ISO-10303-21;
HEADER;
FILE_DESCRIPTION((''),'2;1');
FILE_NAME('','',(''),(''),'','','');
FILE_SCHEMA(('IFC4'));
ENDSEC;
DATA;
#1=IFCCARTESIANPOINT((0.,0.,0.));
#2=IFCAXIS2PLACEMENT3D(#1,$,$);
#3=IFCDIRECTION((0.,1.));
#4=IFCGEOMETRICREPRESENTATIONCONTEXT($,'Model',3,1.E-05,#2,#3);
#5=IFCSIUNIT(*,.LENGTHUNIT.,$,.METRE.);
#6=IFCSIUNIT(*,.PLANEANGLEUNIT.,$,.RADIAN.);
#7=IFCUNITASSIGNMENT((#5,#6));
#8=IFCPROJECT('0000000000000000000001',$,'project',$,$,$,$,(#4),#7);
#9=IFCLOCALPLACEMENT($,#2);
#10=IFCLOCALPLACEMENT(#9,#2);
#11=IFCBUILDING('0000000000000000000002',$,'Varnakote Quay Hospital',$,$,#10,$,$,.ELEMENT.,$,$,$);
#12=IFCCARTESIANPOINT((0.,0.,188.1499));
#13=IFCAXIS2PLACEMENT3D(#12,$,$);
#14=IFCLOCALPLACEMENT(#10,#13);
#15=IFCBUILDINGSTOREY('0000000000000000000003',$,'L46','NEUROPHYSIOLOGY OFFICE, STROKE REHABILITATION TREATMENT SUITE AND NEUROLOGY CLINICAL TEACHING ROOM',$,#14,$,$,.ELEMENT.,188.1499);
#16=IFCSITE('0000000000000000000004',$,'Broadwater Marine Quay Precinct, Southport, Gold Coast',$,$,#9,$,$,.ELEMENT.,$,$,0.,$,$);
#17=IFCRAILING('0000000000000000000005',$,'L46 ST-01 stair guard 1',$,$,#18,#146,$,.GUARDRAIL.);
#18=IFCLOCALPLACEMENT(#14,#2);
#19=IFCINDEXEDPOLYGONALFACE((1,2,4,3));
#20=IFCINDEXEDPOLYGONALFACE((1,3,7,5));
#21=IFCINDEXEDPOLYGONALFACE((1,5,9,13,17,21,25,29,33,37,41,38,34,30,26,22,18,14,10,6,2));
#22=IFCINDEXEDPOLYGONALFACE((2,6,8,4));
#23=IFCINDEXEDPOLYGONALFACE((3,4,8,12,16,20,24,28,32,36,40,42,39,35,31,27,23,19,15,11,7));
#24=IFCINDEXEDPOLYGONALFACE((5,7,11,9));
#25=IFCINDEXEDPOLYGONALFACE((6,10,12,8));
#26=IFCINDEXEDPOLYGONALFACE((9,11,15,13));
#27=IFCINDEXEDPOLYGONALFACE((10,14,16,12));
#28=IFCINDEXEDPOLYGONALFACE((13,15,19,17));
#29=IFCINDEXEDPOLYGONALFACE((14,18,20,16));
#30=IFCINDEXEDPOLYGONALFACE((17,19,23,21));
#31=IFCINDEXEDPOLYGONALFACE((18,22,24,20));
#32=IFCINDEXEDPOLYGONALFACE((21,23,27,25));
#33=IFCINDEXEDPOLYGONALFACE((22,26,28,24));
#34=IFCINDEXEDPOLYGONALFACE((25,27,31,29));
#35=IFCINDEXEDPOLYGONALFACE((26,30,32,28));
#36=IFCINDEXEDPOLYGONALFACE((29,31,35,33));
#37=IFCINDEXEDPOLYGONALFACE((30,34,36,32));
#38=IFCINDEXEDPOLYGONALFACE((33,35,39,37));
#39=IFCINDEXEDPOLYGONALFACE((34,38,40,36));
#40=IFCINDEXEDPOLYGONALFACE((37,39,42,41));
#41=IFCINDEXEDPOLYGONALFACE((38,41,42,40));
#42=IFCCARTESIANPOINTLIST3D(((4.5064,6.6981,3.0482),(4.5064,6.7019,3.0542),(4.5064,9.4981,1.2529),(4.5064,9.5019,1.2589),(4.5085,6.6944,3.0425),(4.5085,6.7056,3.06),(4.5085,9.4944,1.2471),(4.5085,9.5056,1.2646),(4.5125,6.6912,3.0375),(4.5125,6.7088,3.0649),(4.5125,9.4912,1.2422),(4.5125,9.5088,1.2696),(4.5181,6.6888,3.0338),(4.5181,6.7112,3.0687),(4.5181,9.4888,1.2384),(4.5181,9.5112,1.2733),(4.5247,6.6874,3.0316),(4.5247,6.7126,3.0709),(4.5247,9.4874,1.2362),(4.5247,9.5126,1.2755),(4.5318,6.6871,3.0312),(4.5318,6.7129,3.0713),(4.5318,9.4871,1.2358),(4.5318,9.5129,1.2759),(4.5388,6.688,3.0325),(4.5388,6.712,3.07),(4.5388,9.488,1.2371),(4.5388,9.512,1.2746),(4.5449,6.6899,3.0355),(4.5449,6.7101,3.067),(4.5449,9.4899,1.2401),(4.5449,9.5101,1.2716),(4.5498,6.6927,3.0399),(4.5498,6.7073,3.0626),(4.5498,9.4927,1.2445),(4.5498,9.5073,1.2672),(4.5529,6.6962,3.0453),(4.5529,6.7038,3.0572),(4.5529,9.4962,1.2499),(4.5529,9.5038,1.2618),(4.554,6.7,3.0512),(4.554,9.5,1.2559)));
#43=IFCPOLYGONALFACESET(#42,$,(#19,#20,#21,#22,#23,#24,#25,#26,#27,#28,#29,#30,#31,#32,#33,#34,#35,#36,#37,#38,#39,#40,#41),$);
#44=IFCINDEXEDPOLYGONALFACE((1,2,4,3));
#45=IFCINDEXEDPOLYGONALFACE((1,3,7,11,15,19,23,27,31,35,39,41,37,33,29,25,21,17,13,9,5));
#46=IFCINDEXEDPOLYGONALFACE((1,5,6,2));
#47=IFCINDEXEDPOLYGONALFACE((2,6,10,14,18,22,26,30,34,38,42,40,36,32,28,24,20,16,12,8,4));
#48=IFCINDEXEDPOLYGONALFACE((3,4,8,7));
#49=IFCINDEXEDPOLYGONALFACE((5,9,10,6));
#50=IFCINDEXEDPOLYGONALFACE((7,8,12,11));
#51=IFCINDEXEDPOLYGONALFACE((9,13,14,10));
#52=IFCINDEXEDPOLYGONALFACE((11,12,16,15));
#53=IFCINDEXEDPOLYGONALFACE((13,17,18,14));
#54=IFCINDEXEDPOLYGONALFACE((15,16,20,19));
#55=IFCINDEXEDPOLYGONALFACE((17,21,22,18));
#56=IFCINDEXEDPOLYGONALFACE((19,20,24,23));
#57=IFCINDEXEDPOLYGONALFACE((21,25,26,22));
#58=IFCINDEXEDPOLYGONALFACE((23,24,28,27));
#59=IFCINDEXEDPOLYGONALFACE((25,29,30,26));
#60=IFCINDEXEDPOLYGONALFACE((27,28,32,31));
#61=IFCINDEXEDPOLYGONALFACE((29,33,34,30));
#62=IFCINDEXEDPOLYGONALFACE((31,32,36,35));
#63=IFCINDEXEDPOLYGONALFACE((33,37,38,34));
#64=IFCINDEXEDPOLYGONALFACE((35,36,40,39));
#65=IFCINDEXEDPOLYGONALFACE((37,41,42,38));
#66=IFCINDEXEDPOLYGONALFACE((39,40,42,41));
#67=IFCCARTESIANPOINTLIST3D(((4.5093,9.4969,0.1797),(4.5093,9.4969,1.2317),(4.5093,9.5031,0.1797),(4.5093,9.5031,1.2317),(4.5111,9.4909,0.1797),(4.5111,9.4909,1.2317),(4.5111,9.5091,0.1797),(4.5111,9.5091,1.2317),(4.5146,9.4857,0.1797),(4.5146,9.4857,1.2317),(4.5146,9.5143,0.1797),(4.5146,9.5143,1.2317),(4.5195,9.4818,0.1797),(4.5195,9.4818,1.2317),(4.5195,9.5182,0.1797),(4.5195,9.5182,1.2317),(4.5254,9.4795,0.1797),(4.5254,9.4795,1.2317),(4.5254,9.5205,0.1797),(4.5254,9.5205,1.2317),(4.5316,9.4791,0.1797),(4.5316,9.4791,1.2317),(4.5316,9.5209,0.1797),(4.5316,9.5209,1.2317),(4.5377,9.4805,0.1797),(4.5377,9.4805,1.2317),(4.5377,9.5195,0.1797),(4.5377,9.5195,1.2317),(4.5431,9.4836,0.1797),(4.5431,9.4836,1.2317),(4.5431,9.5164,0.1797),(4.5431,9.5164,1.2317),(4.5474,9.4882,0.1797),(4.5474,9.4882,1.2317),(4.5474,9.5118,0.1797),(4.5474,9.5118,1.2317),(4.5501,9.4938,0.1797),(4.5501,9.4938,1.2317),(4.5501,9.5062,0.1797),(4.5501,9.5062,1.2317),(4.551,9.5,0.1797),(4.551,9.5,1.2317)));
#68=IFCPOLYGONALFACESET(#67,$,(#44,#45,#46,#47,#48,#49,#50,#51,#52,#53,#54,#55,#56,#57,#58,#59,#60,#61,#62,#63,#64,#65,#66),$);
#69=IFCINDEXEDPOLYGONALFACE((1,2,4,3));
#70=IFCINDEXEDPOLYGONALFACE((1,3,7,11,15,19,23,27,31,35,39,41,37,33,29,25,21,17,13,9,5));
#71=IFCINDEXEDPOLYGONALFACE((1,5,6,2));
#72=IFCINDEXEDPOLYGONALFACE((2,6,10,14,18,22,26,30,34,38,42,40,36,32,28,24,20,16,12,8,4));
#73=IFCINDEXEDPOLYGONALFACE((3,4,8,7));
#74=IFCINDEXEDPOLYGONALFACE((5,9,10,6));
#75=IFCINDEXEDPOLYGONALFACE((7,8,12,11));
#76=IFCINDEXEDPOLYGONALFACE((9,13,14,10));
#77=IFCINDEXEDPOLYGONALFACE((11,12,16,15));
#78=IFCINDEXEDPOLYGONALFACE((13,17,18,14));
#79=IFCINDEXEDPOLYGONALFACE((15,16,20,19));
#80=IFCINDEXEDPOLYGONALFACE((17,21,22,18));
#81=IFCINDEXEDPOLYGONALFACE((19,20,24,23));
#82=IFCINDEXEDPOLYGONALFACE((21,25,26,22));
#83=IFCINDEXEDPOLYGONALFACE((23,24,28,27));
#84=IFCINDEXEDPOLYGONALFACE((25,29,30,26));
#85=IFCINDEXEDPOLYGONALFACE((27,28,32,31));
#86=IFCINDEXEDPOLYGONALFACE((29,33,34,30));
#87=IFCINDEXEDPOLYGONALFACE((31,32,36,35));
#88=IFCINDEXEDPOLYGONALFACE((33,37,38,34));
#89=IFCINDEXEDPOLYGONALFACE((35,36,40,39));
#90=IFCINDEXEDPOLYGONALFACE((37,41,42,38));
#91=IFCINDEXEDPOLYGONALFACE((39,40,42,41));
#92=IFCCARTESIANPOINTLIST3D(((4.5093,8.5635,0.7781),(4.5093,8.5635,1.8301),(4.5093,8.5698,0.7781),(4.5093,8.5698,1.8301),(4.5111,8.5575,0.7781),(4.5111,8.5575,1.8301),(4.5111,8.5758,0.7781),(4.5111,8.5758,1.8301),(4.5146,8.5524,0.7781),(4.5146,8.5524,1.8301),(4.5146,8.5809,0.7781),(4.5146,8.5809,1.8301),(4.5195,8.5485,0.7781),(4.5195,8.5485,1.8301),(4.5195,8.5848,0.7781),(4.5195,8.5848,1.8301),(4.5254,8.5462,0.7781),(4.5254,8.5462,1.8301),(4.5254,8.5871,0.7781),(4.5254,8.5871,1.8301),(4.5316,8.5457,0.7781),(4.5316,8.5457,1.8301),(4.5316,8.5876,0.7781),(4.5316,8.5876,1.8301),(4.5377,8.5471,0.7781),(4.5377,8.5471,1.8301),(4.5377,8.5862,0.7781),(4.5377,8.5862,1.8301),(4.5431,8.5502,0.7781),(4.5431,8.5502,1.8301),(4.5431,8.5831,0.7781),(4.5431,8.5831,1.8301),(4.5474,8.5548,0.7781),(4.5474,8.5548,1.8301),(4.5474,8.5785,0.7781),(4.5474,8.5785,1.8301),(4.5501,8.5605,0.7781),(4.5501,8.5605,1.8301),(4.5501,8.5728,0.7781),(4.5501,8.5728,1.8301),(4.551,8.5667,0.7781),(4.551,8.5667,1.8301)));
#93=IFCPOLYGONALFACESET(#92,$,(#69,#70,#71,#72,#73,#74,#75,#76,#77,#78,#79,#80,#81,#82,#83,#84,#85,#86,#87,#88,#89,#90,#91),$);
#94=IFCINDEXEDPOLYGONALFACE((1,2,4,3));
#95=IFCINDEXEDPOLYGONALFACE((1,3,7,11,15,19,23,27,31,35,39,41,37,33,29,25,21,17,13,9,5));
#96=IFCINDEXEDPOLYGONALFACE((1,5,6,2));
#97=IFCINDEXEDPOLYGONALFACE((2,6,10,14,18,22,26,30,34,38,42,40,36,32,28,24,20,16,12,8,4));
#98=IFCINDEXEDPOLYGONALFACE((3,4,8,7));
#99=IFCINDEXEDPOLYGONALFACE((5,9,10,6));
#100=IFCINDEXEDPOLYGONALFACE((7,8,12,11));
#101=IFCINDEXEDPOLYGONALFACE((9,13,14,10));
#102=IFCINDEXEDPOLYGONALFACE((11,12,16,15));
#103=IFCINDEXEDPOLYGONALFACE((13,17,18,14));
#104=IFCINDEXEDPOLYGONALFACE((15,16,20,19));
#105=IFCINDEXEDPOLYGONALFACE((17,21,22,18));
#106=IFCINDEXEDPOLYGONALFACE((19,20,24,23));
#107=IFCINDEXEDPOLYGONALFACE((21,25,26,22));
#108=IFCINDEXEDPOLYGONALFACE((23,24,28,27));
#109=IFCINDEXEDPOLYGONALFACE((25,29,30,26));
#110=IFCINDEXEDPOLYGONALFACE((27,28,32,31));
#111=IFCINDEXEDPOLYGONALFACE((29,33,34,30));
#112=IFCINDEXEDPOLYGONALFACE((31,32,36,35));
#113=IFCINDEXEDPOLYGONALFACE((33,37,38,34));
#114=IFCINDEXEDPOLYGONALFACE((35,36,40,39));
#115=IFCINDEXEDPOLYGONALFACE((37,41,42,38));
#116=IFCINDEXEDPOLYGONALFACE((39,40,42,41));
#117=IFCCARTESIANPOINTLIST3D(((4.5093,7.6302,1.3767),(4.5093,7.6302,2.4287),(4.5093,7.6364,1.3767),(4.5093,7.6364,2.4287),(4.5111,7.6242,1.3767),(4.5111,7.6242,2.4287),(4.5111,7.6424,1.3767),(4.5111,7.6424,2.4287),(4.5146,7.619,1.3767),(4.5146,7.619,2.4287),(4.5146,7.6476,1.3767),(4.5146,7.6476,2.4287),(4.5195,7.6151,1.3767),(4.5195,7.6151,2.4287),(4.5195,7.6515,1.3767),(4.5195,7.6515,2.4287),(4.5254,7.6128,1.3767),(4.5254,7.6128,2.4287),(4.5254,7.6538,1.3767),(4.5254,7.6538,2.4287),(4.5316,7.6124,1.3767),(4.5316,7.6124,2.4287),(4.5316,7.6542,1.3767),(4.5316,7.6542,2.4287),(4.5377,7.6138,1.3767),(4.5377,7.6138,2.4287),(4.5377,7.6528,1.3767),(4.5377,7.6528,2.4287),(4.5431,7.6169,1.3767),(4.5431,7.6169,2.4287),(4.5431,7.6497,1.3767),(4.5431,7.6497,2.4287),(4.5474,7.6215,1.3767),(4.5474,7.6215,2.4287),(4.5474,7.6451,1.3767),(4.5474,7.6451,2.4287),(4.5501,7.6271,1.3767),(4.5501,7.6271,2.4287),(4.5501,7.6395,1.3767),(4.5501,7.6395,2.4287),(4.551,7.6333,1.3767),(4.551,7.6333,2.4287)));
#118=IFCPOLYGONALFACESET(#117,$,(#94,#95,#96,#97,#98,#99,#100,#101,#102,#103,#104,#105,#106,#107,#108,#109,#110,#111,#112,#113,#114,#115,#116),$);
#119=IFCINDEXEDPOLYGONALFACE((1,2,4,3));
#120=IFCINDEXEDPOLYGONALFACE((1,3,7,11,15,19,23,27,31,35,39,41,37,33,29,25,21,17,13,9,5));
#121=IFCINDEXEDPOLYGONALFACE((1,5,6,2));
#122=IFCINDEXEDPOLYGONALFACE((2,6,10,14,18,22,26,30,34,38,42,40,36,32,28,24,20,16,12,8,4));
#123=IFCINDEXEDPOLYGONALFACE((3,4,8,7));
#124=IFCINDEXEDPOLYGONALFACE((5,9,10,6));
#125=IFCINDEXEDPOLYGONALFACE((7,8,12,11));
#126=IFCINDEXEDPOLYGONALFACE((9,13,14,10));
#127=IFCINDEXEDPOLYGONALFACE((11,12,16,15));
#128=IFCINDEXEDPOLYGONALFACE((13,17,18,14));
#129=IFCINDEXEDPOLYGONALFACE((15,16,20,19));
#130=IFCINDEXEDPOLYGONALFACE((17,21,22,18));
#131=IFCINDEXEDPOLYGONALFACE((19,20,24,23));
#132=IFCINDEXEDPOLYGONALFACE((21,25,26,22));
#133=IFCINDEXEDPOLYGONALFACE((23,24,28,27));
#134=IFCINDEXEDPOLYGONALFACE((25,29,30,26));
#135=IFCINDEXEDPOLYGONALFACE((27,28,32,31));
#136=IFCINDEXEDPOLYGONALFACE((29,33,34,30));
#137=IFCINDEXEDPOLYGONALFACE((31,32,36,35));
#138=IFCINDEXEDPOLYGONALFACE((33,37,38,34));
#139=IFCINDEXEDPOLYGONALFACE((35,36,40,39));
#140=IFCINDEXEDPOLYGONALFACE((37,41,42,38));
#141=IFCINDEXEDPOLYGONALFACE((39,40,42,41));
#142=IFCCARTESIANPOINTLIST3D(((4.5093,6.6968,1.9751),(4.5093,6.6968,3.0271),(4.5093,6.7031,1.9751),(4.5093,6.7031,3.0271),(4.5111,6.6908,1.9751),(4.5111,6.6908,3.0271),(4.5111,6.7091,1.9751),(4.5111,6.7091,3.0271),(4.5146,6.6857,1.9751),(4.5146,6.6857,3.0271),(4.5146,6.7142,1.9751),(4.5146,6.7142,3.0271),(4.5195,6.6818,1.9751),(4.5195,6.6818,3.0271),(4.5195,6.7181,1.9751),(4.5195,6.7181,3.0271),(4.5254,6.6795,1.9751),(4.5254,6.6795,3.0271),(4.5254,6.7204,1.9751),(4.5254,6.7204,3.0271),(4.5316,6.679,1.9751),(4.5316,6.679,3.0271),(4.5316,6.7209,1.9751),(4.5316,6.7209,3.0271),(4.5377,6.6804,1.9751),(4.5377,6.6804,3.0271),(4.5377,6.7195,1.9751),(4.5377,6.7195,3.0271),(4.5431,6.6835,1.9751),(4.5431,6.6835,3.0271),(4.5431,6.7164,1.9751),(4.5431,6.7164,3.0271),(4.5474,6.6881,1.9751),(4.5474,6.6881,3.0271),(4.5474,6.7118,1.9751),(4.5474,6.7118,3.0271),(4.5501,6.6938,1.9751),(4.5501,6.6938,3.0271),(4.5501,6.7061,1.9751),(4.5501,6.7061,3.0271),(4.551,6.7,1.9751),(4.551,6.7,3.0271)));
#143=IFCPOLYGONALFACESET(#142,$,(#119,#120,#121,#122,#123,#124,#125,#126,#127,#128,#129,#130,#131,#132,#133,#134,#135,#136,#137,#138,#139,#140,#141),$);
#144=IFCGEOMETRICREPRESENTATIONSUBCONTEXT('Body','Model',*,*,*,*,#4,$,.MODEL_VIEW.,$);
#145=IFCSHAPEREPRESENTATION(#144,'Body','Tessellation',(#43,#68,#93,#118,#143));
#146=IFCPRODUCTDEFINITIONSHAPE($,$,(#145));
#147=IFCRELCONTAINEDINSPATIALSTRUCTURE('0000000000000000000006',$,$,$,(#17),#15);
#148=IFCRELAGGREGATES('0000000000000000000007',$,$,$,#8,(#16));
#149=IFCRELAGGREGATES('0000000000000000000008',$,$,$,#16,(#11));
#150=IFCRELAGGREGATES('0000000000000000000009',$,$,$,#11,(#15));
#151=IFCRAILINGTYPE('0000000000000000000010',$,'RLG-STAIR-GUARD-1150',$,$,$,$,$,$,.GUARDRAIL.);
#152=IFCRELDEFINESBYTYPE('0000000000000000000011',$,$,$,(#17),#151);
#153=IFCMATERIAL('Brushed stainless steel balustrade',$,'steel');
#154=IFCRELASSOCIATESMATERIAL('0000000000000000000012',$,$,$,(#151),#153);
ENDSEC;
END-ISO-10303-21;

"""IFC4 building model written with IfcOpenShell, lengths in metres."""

from ifc_helpers import new_model, si_unit, direction, frame, origin, origin_2d, place, context, subcontext, project, spatial, circle, extrude, material, type_object, element, save


model = new_model("IFC4")

# Units and contexts
model_context = context("Model", 3, precision=1e-05, world=origin(), true_north=direction((0.0, 1.0)))
body_context = subcontext(model_context, "Body", "Model", "MODEL_VIEW")
ifc_project = project(units=[si_unit("LENGTHUNIT", "METRE"), si_unit("PLANEANGLEUNIT", "RADIAN")], contexts=[model_context])

# Site, building, storey
site_placement = place(None, origin())
site = spatial("IfcSite", under=ifc_project, at=site_placement, Name="Broadwater Marine Quay Precinct, Southport, Gold Coast", CompositionType="ELEMENT", RefElevation=0.0)
building_placement = place(site_placement, origin())
building = spatial("IfcBuilding", under=site, at=building_placement, Name="Varnakote Quay Hospital", CompositionType="ELEMENT")
storey_placement = place(building_placement, frame((0.0, 0.0, 188.1499)))
storey = spatial("IfcBuildingStorey", under=building, at=storey_placement, Name="L46", Description="NEUROPHYSIOLOGY OFFICE, STROKE REHABILITATION TREATMENT SUITE AND NEUROLOGY CLINICAL TEACHING ROOM", CompositionType="ELEMENT", Elevation=188.1499)

# Railing
ifc_material_1 = material(Name="Brushed stainless steel balustrade", Category="steel")
railing_type_1 = type_object("IfcRailingType", Name="RLG-STAIR-GUARD-1150", PredefinedType="GUARDRAIL", material=ifc_material_1)
railing_1_placement = place(storey_placement, frame((4.53, 9.5, 0.1797)))
element("IfcRailing", 1, at=railing_1_placement, inside=storey, type_object=railing_type_1, Name="L46 ST-01 stair guard 1", PredefinedType="GUARDRAIL", context=body_context, shape_type="SweptSolid", body=[
    extrude(circle(Radius=0.0239, at=origin_2d()), frame((0.0, 0.0, 1.0762), z_axis=(0.0, -0.84181, 0.539774), x_axis=(1.0, 0.0, 0.0)), (0.0, 0.0, 1.0), 3.3262),
    extrude(circle(Radius=0.021, at=origin_2d()), origin(), (0.0, 0.0, 1.0), 1.052),
    extrude(circle(Radius=0.021, at=origin_2d()), frame((0.0, -0.9333, 0.5984)), (0.0, 0.0, 1.0), 1.052),
    extrude(circle(Radius=0.021, at=origin_2d()), frame((0.0, -1.8667, 1.197)), (0.0, 0.0, 1.0), 1.052),
    extrude(circle(Radius=0.021, at=origin_2d()), frame((0.0, -2.8, 1.7954)), (0.0, 0.0, 1.0), 1.052),
])

save(model, "model.ifc")
